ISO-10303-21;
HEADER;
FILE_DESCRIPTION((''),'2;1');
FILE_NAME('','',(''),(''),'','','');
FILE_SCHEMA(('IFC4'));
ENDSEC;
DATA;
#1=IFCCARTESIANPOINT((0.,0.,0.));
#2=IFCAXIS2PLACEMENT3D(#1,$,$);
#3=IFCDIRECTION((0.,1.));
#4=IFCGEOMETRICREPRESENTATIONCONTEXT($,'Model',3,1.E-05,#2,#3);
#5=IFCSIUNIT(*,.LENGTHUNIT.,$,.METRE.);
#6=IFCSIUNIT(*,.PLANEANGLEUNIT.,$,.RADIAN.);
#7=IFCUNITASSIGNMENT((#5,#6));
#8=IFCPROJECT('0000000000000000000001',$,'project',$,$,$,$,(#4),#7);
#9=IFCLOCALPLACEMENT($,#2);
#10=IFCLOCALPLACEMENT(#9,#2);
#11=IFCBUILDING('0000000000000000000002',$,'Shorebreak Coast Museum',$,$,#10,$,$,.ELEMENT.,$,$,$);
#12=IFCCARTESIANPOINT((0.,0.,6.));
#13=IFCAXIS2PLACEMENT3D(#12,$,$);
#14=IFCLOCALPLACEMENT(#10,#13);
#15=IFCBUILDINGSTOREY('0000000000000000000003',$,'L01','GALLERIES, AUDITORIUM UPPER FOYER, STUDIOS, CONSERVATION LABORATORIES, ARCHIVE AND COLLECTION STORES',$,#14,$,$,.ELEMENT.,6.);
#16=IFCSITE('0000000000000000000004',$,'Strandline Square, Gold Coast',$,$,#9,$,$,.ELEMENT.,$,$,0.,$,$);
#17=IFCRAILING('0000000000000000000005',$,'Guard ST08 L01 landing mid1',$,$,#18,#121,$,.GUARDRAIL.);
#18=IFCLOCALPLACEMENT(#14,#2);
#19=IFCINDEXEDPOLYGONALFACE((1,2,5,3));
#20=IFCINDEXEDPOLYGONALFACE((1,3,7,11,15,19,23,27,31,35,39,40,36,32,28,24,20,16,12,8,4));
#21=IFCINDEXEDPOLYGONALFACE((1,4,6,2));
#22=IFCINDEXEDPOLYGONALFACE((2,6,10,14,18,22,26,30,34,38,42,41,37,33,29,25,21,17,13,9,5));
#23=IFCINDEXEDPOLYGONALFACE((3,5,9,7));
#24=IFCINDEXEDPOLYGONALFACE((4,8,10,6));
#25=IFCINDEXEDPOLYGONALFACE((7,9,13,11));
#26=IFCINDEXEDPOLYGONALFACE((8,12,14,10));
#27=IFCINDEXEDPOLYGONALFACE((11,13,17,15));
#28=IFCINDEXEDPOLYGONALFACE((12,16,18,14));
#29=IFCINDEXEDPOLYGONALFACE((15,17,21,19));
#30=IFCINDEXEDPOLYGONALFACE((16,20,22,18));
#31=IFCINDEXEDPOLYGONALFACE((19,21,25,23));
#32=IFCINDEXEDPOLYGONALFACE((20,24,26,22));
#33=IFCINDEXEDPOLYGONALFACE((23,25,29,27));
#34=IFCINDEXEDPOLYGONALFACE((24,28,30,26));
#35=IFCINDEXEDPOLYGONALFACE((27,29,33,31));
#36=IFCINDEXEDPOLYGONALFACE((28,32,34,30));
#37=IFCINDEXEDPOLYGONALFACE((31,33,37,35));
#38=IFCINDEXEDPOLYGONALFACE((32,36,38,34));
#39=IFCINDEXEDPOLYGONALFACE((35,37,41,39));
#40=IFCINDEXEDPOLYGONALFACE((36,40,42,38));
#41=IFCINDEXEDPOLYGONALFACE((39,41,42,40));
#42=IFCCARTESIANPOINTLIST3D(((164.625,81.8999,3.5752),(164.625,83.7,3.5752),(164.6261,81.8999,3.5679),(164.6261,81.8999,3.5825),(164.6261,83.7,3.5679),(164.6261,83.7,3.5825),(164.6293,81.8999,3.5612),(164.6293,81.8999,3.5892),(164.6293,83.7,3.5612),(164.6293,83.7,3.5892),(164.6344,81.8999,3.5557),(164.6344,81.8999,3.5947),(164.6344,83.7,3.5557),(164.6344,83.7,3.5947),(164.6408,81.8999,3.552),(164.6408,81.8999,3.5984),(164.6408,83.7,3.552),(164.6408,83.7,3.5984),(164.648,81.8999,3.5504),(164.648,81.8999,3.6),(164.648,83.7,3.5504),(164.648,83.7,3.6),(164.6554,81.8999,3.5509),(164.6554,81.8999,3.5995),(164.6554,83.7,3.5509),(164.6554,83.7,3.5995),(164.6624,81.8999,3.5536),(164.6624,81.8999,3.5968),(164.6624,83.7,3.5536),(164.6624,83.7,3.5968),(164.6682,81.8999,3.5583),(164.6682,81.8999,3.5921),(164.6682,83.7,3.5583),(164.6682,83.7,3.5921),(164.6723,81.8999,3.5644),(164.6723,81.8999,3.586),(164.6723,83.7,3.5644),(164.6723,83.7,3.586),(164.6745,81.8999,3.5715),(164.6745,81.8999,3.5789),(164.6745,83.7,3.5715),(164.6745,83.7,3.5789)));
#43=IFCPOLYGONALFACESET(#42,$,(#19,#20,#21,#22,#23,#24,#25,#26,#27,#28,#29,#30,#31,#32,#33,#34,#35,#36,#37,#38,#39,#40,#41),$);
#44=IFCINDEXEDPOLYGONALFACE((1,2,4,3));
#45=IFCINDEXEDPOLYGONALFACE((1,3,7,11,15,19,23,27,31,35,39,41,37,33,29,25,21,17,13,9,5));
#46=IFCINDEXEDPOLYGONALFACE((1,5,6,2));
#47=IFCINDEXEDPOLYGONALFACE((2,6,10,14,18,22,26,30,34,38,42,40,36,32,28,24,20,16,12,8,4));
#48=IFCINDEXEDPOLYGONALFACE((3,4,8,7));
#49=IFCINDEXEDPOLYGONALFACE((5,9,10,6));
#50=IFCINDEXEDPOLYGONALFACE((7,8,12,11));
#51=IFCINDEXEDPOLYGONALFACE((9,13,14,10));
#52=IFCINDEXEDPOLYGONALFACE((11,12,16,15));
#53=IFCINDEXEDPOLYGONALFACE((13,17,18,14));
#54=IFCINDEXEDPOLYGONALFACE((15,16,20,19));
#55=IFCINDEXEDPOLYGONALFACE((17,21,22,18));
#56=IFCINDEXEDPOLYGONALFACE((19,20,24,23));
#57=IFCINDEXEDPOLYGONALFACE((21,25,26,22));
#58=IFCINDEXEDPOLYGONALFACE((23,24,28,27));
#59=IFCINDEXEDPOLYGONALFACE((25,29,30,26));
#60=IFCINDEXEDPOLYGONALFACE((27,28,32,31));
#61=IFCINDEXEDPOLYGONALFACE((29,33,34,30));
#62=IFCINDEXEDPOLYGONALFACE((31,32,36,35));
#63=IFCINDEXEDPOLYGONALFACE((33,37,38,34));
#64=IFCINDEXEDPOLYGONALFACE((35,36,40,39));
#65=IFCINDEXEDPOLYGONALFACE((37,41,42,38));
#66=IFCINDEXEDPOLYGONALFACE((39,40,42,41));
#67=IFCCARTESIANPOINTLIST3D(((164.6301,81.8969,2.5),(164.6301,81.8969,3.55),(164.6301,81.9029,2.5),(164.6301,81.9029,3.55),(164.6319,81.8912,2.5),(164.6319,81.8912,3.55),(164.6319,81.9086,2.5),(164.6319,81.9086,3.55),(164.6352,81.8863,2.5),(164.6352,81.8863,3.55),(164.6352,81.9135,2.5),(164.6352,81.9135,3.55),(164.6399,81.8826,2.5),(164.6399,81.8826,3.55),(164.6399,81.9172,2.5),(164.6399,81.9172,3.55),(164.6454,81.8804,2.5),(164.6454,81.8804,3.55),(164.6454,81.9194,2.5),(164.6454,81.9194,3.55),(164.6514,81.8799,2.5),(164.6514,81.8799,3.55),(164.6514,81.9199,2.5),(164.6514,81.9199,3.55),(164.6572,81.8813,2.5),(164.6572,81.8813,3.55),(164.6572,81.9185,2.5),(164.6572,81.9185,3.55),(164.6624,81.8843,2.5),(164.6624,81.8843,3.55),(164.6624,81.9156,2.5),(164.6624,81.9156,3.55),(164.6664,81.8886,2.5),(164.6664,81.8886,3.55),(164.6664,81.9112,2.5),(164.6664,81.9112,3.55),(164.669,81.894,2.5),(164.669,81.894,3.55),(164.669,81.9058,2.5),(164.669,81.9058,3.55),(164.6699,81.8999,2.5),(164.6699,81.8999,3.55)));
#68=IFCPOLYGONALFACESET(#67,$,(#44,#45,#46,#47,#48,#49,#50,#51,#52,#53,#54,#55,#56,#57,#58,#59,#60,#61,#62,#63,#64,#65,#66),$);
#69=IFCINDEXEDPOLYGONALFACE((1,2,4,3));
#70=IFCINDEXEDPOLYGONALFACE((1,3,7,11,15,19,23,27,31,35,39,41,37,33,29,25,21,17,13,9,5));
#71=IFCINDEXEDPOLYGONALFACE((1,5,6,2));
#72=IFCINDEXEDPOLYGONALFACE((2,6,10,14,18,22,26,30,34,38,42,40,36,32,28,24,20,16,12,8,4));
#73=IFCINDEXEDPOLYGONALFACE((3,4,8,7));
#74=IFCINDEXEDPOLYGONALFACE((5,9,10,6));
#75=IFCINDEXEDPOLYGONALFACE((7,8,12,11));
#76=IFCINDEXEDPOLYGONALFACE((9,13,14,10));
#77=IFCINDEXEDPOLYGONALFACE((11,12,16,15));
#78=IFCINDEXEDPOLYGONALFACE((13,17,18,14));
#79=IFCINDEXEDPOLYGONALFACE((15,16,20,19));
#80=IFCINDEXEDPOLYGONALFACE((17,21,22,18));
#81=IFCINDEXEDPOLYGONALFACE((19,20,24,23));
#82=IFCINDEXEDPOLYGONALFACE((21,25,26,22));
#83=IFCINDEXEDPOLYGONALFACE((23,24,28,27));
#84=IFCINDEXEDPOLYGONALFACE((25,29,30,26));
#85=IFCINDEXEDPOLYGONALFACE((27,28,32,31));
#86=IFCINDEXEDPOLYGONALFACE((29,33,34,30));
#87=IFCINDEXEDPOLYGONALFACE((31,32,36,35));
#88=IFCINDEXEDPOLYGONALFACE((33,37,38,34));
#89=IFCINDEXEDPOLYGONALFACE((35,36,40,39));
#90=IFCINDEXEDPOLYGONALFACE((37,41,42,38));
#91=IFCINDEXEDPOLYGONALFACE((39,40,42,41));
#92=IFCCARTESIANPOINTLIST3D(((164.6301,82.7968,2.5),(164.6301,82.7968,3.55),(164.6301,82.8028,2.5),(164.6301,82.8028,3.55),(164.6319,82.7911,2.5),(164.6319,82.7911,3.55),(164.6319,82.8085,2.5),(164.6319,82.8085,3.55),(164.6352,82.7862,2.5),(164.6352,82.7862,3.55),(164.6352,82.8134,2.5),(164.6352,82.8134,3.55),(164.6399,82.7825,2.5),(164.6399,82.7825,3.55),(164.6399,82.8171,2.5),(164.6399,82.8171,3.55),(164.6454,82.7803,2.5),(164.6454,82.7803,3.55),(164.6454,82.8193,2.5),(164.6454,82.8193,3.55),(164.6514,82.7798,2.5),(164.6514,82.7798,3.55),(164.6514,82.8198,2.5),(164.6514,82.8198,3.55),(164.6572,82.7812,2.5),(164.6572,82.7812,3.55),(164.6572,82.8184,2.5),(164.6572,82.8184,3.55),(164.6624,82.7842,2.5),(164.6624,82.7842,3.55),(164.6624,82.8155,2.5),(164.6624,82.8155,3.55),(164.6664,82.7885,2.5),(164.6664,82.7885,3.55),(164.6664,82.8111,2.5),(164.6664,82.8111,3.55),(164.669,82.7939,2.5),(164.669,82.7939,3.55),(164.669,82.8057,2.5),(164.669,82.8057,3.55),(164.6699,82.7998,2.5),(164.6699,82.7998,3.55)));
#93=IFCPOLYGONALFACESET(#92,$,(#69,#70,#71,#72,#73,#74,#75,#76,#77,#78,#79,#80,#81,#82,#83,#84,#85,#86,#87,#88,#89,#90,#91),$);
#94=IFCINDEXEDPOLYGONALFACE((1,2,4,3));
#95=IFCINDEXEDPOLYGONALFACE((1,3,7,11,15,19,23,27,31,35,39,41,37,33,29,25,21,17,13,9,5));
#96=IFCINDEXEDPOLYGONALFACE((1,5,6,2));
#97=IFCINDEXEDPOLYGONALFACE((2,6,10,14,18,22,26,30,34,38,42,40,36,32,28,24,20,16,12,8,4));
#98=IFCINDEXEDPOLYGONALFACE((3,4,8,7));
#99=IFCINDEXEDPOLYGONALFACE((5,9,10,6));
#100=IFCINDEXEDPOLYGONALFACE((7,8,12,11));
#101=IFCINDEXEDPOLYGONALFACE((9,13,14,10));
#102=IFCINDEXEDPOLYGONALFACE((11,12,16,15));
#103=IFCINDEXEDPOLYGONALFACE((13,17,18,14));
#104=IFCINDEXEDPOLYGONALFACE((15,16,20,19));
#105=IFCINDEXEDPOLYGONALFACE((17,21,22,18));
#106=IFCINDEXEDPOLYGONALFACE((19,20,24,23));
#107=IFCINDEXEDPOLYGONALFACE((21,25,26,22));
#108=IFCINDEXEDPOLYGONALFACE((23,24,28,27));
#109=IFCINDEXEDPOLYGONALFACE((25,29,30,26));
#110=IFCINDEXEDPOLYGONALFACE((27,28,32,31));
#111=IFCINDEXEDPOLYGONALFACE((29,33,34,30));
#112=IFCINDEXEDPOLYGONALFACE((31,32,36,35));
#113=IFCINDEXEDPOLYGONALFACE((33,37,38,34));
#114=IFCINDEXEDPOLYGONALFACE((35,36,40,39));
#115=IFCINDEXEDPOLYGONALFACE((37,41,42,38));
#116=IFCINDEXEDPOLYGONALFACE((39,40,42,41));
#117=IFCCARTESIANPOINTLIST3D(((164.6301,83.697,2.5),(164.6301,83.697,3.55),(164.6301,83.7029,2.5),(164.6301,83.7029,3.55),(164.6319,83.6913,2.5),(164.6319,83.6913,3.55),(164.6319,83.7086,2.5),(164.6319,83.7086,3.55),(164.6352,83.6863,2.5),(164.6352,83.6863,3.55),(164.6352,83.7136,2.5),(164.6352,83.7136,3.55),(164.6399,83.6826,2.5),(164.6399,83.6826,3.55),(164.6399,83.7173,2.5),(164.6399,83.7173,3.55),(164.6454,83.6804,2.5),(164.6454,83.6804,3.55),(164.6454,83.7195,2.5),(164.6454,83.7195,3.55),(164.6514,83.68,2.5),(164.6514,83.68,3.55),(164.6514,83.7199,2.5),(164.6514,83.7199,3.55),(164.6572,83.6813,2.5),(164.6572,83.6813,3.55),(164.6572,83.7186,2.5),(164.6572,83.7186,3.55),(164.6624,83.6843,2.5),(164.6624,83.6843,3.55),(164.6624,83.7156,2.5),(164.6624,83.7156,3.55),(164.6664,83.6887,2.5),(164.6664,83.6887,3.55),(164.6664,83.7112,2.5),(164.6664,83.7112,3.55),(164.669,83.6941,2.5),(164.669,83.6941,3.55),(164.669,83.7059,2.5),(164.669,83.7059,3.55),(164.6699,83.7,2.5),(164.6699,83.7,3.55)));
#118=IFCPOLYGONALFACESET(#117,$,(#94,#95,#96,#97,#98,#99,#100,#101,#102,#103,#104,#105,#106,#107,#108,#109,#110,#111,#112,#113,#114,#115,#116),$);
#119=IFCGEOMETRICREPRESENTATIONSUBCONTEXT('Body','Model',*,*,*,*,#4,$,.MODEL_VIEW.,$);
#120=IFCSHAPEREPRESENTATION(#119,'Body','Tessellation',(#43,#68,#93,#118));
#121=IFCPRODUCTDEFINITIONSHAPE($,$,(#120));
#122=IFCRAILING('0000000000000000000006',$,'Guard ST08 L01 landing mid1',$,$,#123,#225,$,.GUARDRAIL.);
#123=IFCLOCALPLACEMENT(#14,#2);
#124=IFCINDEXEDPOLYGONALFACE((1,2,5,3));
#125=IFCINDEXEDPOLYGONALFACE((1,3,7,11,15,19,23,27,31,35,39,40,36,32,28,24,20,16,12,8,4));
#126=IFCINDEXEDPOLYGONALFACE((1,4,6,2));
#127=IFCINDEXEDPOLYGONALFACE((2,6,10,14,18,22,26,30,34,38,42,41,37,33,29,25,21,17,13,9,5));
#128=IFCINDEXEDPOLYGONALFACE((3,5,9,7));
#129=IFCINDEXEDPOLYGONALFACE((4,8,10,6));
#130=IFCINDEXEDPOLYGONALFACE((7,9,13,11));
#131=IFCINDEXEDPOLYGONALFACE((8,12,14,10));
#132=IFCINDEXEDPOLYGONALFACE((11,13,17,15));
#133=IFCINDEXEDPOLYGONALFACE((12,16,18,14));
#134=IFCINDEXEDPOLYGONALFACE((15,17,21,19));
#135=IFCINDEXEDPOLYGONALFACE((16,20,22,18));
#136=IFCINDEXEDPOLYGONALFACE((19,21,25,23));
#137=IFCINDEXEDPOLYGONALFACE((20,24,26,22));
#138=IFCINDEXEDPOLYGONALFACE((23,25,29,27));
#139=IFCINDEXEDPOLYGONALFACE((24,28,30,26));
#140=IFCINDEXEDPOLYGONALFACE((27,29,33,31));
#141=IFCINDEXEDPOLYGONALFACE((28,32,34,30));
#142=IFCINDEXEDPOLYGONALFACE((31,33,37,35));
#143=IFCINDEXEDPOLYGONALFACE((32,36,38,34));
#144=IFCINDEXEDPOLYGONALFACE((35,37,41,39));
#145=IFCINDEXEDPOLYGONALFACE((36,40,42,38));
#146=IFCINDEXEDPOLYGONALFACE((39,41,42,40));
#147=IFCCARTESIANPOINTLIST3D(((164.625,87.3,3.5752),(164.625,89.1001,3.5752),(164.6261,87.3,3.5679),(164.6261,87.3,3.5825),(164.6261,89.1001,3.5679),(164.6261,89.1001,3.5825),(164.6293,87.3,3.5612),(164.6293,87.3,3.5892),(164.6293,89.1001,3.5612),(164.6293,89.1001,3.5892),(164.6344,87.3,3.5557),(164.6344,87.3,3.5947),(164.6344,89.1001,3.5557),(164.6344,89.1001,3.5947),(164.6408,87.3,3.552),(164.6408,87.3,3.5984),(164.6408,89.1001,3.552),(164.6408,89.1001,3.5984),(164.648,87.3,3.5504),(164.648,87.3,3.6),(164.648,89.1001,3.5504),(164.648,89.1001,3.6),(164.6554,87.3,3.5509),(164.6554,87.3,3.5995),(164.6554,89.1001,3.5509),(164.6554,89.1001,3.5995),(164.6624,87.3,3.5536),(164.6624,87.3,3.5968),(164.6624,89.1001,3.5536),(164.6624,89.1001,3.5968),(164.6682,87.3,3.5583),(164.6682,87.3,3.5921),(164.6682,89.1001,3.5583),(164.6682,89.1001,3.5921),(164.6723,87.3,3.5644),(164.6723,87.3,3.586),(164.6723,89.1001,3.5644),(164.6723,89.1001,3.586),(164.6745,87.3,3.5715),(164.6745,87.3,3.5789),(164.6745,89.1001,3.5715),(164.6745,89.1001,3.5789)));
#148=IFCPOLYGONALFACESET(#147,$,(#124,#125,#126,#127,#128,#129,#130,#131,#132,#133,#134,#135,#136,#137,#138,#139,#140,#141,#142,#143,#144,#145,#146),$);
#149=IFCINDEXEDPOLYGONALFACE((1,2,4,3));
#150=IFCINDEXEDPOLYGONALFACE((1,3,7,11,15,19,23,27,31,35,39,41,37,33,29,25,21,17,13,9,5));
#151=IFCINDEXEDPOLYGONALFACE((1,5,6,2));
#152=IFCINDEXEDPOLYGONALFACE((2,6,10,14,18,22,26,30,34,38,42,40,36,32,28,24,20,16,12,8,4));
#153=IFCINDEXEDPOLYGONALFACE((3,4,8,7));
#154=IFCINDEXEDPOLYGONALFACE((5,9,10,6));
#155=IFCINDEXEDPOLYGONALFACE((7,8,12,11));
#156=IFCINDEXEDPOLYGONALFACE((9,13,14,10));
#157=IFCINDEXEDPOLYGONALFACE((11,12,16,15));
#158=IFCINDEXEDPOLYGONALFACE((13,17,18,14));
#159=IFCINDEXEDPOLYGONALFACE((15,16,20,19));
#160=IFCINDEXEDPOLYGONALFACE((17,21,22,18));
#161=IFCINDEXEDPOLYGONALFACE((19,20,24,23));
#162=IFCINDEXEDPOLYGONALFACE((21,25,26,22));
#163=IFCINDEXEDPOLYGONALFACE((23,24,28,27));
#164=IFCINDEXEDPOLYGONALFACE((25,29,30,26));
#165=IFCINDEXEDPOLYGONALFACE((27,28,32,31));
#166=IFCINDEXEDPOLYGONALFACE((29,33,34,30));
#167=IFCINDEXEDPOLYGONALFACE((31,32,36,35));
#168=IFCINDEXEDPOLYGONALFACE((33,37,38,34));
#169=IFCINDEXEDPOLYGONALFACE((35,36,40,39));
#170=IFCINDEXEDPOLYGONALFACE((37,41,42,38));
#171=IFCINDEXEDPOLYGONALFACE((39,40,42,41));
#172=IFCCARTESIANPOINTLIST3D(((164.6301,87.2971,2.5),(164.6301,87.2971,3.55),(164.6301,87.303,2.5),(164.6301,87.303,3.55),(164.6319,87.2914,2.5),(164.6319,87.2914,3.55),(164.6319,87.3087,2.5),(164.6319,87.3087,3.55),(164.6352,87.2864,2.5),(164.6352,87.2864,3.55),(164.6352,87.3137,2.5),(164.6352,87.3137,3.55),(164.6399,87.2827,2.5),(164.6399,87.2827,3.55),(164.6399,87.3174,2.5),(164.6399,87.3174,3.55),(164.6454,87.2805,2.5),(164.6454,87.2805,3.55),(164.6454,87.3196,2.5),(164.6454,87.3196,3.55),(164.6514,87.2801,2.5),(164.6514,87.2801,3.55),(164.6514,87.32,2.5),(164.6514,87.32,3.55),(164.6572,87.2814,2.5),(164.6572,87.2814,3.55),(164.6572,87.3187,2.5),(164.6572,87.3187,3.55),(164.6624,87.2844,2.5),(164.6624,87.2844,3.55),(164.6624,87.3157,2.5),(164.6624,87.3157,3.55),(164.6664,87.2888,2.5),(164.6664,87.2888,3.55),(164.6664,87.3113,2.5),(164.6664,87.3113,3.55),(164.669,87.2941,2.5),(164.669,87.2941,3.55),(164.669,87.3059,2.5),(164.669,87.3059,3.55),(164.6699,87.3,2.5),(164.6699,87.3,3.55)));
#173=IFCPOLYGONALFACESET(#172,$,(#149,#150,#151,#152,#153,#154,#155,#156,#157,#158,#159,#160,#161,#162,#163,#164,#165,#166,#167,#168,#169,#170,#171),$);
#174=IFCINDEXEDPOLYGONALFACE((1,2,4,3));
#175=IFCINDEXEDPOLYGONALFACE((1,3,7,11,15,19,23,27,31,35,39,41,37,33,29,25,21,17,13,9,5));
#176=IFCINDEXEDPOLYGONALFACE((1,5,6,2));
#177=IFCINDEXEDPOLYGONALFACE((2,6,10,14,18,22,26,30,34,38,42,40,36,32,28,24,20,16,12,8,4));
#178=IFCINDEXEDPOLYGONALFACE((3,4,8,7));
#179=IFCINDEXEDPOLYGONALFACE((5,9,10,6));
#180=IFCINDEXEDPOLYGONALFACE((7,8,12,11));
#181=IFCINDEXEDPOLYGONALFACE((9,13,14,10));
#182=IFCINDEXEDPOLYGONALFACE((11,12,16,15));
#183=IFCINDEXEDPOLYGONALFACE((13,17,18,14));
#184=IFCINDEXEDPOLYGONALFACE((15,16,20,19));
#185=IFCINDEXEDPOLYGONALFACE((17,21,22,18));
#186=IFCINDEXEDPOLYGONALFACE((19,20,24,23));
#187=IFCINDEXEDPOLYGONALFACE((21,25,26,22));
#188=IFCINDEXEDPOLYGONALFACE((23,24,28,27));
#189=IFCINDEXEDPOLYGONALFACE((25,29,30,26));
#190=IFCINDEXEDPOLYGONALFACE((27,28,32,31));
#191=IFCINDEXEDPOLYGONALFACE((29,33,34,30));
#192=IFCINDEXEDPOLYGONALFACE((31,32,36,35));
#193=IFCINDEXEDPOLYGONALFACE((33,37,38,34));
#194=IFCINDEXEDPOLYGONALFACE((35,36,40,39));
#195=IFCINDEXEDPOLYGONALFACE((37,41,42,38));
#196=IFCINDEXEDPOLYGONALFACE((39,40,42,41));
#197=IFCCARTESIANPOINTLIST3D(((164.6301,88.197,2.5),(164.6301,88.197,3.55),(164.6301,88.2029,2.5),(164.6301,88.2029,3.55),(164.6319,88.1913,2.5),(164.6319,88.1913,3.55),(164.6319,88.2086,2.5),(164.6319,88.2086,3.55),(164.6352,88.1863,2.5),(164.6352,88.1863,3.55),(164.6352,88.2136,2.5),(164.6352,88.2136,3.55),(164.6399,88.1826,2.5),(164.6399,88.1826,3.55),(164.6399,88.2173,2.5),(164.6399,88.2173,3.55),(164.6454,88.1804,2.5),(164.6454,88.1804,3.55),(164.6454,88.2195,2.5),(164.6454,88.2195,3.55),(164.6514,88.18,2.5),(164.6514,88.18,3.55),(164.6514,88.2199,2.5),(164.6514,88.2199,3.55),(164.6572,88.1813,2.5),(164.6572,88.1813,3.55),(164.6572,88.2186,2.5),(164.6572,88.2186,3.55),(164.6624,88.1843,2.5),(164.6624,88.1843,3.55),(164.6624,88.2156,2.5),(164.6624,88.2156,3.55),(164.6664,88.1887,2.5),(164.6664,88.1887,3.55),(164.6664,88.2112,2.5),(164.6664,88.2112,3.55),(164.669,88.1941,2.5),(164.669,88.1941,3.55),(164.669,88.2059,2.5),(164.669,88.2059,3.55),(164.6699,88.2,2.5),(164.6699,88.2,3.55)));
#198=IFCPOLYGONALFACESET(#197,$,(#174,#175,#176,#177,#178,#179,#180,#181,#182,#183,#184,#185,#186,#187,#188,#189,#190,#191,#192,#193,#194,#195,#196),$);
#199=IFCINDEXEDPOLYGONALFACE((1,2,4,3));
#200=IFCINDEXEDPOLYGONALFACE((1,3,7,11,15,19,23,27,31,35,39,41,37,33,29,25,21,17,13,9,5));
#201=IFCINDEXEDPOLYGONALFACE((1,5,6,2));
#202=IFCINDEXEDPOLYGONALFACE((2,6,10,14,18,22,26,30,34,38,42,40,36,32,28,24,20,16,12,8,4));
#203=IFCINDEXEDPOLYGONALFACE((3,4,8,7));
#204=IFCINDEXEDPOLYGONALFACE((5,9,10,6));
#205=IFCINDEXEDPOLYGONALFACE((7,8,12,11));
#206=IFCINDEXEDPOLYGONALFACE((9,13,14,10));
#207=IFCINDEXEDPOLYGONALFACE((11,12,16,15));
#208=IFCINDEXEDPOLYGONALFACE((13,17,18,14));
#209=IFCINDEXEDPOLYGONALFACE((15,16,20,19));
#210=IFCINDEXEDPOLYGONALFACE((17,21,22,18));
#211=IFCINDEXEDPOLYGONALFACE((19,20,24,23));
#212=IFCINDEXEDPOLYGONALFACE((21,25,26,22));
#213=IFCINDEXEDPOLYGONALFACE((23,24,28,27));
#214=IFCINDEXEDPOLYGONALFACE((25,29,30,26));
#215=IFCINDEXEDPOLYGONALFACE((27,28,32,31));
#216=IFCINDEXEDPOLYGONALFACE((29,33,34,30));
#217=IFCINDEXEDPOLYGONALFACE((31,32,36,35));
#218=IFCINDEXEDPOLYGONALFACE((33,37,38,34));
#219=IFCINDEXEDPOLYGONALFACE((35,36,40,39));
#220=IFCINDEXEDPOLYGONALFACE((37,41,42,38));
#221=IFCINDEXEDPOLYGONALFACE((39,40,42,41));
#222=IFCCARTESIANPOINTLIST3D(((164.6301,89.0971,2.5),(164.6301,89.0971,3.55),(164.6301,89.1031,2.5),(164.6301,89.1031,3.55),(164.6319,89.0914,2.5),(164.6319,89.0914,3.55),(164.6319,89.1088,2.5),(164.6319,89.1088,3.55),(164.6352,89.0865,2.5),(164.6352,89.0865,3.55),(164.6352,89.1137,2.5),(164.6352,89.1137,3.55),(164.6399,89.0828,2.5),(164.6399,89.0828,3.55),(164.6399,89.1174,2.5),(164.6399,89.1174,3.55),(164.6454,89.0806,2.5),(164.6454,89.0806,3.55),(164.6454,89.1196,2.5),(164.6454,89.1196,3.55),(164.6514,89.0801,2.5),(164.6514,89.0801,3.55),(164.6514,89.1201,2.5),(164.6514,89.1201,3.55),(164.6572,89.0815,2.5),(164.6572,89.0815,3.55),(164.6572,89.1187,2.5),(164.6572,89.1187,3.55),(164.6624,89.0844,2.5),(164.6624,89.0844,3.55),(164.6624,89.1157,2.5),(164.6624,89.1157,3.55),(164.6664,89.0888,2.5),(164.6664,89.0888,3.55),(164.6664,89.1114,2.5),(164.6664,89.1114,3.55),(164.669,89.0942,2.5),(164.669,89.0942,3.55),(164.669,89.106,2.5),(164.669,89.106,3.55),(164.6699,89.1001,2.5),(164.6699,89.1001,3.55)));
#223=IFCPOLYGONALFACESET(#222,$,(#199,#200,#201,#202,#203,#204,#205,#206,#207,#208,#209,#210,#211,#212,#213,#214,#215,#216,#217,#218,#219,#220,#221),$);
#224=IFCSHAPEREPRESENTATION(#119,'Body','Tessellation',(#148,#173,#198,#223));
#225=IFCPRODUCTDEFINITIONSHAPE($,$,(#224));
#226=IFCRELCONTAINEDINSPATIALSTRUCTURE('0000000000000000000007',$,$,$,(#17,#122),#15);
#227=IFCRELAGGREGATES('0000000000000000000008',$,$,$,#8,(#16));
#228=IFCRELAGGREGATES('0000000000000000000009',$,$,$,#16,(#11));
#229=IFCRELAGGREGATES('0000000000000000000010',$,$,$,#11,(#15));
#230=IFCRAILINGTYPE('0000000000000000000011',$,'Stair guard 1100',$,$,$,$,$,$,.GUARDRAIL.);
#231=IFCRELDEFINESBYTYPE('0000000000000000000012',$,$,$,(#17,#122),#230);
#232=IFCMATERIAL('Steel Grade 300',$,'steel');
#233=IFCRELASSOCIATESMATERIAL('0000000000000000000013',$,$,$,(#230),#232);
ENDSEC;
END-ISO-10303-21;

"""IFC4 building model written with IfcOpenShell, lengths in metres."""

from ifc_helpers import new_model, si_unit, direction, frame, origin, origin_2d, place, context, subcontext, project, spatial, circle, extrude, material, type_object, element, save


model = new_model("IFC4")

# Units and contexts
model_context = context("Model", 3, precision=1e-05, world=origin(), true_north=direction((0.0, 1.0)))
body_context = subcontext(model_context, "Body", "Model", "MODEL_VIEW")
ifc_project = project(units=[si_unit("LENGTHUNIT", "METRE"), si_unit("PLANEANGLEUNIT", "RADIAN")], contexts=[model_context])

# Site, building, storey
site_placement = place(None, origin())
site = spatial("IfcSite", under=ifc_project, at=site_placement, Name="Strandline Square, Gold Coast", CompositionType="ELEMENT", RefElevation=0.0)
building_placement = place(site_placement, origin())
building = spatial("IfcBuilding", under=site, at=building_placement, Name="Shorebreak Coast Museum", CompositionType="ELEMENT")
storey_placement = place(building_placement, frame((0.0, 0.0, 6.0)))
storey = spatial("IfcBuildingStorey", under=building, at=storey_placement, Name="L01", Description="GALLERIES, AUDITORIUM UPPER FOYER, STUDIOS, CONSERVATION LABORATORIES, ARCHIVE AND COLLECTION STORES", CompositionType="ELEMENT", Elevation=6.0)

# Railings
ifc_material_1 = material(Name="Steel Grade 300", Category="steel")
railing_type_1 = type_object("IfcRailingType", Name="Stair guard 1100", PredefinedType="GUARDRAIL", material=ifc_material_1)
for number, where, name in (
    (1, (164.6499, 81.8999, 2.5), "Guard ST08 L01 landing mid1"),
    (2, (164.6499, 87.3, 2.5), "Guard ST08 L01 landing mid1"),
):
    element("IfcRailing", number, at=place(storey_placement, frame(where)), inside=storey, type_object=railing_type_1, Name=name, PredefinedType="GUARDRAIL", context=body_context, shape_type="SweptSolid", body=[
        extrude(circle(Radius=0.0249, at=origin_2d()), frame((0.0, 0.0, 1.0752), z_axis=(0.0, 1.0, 0.0), x_axis=(-1.0, 0.0, 0.0)), (0.0, 0.0, 1.0), 1.8),
        extrude(circle(Radius=0.02, at=origin_2d()), origin(), (0.0, 0.0, 1.0), 1.05),
        extrude(circle(Radius=0.02, at=origin_2d()), frame((0.0, 0.8999, 0.0)), (0.0, 0.0, 1.0), 1.05),
        extrude(circle(Radius=0.02, at=origin_2d()), frame((0.0, 1.8, 0.0)), (0.0, 0.0, 1.0), 1.05),
    ])

save(model, "model.ifc")
